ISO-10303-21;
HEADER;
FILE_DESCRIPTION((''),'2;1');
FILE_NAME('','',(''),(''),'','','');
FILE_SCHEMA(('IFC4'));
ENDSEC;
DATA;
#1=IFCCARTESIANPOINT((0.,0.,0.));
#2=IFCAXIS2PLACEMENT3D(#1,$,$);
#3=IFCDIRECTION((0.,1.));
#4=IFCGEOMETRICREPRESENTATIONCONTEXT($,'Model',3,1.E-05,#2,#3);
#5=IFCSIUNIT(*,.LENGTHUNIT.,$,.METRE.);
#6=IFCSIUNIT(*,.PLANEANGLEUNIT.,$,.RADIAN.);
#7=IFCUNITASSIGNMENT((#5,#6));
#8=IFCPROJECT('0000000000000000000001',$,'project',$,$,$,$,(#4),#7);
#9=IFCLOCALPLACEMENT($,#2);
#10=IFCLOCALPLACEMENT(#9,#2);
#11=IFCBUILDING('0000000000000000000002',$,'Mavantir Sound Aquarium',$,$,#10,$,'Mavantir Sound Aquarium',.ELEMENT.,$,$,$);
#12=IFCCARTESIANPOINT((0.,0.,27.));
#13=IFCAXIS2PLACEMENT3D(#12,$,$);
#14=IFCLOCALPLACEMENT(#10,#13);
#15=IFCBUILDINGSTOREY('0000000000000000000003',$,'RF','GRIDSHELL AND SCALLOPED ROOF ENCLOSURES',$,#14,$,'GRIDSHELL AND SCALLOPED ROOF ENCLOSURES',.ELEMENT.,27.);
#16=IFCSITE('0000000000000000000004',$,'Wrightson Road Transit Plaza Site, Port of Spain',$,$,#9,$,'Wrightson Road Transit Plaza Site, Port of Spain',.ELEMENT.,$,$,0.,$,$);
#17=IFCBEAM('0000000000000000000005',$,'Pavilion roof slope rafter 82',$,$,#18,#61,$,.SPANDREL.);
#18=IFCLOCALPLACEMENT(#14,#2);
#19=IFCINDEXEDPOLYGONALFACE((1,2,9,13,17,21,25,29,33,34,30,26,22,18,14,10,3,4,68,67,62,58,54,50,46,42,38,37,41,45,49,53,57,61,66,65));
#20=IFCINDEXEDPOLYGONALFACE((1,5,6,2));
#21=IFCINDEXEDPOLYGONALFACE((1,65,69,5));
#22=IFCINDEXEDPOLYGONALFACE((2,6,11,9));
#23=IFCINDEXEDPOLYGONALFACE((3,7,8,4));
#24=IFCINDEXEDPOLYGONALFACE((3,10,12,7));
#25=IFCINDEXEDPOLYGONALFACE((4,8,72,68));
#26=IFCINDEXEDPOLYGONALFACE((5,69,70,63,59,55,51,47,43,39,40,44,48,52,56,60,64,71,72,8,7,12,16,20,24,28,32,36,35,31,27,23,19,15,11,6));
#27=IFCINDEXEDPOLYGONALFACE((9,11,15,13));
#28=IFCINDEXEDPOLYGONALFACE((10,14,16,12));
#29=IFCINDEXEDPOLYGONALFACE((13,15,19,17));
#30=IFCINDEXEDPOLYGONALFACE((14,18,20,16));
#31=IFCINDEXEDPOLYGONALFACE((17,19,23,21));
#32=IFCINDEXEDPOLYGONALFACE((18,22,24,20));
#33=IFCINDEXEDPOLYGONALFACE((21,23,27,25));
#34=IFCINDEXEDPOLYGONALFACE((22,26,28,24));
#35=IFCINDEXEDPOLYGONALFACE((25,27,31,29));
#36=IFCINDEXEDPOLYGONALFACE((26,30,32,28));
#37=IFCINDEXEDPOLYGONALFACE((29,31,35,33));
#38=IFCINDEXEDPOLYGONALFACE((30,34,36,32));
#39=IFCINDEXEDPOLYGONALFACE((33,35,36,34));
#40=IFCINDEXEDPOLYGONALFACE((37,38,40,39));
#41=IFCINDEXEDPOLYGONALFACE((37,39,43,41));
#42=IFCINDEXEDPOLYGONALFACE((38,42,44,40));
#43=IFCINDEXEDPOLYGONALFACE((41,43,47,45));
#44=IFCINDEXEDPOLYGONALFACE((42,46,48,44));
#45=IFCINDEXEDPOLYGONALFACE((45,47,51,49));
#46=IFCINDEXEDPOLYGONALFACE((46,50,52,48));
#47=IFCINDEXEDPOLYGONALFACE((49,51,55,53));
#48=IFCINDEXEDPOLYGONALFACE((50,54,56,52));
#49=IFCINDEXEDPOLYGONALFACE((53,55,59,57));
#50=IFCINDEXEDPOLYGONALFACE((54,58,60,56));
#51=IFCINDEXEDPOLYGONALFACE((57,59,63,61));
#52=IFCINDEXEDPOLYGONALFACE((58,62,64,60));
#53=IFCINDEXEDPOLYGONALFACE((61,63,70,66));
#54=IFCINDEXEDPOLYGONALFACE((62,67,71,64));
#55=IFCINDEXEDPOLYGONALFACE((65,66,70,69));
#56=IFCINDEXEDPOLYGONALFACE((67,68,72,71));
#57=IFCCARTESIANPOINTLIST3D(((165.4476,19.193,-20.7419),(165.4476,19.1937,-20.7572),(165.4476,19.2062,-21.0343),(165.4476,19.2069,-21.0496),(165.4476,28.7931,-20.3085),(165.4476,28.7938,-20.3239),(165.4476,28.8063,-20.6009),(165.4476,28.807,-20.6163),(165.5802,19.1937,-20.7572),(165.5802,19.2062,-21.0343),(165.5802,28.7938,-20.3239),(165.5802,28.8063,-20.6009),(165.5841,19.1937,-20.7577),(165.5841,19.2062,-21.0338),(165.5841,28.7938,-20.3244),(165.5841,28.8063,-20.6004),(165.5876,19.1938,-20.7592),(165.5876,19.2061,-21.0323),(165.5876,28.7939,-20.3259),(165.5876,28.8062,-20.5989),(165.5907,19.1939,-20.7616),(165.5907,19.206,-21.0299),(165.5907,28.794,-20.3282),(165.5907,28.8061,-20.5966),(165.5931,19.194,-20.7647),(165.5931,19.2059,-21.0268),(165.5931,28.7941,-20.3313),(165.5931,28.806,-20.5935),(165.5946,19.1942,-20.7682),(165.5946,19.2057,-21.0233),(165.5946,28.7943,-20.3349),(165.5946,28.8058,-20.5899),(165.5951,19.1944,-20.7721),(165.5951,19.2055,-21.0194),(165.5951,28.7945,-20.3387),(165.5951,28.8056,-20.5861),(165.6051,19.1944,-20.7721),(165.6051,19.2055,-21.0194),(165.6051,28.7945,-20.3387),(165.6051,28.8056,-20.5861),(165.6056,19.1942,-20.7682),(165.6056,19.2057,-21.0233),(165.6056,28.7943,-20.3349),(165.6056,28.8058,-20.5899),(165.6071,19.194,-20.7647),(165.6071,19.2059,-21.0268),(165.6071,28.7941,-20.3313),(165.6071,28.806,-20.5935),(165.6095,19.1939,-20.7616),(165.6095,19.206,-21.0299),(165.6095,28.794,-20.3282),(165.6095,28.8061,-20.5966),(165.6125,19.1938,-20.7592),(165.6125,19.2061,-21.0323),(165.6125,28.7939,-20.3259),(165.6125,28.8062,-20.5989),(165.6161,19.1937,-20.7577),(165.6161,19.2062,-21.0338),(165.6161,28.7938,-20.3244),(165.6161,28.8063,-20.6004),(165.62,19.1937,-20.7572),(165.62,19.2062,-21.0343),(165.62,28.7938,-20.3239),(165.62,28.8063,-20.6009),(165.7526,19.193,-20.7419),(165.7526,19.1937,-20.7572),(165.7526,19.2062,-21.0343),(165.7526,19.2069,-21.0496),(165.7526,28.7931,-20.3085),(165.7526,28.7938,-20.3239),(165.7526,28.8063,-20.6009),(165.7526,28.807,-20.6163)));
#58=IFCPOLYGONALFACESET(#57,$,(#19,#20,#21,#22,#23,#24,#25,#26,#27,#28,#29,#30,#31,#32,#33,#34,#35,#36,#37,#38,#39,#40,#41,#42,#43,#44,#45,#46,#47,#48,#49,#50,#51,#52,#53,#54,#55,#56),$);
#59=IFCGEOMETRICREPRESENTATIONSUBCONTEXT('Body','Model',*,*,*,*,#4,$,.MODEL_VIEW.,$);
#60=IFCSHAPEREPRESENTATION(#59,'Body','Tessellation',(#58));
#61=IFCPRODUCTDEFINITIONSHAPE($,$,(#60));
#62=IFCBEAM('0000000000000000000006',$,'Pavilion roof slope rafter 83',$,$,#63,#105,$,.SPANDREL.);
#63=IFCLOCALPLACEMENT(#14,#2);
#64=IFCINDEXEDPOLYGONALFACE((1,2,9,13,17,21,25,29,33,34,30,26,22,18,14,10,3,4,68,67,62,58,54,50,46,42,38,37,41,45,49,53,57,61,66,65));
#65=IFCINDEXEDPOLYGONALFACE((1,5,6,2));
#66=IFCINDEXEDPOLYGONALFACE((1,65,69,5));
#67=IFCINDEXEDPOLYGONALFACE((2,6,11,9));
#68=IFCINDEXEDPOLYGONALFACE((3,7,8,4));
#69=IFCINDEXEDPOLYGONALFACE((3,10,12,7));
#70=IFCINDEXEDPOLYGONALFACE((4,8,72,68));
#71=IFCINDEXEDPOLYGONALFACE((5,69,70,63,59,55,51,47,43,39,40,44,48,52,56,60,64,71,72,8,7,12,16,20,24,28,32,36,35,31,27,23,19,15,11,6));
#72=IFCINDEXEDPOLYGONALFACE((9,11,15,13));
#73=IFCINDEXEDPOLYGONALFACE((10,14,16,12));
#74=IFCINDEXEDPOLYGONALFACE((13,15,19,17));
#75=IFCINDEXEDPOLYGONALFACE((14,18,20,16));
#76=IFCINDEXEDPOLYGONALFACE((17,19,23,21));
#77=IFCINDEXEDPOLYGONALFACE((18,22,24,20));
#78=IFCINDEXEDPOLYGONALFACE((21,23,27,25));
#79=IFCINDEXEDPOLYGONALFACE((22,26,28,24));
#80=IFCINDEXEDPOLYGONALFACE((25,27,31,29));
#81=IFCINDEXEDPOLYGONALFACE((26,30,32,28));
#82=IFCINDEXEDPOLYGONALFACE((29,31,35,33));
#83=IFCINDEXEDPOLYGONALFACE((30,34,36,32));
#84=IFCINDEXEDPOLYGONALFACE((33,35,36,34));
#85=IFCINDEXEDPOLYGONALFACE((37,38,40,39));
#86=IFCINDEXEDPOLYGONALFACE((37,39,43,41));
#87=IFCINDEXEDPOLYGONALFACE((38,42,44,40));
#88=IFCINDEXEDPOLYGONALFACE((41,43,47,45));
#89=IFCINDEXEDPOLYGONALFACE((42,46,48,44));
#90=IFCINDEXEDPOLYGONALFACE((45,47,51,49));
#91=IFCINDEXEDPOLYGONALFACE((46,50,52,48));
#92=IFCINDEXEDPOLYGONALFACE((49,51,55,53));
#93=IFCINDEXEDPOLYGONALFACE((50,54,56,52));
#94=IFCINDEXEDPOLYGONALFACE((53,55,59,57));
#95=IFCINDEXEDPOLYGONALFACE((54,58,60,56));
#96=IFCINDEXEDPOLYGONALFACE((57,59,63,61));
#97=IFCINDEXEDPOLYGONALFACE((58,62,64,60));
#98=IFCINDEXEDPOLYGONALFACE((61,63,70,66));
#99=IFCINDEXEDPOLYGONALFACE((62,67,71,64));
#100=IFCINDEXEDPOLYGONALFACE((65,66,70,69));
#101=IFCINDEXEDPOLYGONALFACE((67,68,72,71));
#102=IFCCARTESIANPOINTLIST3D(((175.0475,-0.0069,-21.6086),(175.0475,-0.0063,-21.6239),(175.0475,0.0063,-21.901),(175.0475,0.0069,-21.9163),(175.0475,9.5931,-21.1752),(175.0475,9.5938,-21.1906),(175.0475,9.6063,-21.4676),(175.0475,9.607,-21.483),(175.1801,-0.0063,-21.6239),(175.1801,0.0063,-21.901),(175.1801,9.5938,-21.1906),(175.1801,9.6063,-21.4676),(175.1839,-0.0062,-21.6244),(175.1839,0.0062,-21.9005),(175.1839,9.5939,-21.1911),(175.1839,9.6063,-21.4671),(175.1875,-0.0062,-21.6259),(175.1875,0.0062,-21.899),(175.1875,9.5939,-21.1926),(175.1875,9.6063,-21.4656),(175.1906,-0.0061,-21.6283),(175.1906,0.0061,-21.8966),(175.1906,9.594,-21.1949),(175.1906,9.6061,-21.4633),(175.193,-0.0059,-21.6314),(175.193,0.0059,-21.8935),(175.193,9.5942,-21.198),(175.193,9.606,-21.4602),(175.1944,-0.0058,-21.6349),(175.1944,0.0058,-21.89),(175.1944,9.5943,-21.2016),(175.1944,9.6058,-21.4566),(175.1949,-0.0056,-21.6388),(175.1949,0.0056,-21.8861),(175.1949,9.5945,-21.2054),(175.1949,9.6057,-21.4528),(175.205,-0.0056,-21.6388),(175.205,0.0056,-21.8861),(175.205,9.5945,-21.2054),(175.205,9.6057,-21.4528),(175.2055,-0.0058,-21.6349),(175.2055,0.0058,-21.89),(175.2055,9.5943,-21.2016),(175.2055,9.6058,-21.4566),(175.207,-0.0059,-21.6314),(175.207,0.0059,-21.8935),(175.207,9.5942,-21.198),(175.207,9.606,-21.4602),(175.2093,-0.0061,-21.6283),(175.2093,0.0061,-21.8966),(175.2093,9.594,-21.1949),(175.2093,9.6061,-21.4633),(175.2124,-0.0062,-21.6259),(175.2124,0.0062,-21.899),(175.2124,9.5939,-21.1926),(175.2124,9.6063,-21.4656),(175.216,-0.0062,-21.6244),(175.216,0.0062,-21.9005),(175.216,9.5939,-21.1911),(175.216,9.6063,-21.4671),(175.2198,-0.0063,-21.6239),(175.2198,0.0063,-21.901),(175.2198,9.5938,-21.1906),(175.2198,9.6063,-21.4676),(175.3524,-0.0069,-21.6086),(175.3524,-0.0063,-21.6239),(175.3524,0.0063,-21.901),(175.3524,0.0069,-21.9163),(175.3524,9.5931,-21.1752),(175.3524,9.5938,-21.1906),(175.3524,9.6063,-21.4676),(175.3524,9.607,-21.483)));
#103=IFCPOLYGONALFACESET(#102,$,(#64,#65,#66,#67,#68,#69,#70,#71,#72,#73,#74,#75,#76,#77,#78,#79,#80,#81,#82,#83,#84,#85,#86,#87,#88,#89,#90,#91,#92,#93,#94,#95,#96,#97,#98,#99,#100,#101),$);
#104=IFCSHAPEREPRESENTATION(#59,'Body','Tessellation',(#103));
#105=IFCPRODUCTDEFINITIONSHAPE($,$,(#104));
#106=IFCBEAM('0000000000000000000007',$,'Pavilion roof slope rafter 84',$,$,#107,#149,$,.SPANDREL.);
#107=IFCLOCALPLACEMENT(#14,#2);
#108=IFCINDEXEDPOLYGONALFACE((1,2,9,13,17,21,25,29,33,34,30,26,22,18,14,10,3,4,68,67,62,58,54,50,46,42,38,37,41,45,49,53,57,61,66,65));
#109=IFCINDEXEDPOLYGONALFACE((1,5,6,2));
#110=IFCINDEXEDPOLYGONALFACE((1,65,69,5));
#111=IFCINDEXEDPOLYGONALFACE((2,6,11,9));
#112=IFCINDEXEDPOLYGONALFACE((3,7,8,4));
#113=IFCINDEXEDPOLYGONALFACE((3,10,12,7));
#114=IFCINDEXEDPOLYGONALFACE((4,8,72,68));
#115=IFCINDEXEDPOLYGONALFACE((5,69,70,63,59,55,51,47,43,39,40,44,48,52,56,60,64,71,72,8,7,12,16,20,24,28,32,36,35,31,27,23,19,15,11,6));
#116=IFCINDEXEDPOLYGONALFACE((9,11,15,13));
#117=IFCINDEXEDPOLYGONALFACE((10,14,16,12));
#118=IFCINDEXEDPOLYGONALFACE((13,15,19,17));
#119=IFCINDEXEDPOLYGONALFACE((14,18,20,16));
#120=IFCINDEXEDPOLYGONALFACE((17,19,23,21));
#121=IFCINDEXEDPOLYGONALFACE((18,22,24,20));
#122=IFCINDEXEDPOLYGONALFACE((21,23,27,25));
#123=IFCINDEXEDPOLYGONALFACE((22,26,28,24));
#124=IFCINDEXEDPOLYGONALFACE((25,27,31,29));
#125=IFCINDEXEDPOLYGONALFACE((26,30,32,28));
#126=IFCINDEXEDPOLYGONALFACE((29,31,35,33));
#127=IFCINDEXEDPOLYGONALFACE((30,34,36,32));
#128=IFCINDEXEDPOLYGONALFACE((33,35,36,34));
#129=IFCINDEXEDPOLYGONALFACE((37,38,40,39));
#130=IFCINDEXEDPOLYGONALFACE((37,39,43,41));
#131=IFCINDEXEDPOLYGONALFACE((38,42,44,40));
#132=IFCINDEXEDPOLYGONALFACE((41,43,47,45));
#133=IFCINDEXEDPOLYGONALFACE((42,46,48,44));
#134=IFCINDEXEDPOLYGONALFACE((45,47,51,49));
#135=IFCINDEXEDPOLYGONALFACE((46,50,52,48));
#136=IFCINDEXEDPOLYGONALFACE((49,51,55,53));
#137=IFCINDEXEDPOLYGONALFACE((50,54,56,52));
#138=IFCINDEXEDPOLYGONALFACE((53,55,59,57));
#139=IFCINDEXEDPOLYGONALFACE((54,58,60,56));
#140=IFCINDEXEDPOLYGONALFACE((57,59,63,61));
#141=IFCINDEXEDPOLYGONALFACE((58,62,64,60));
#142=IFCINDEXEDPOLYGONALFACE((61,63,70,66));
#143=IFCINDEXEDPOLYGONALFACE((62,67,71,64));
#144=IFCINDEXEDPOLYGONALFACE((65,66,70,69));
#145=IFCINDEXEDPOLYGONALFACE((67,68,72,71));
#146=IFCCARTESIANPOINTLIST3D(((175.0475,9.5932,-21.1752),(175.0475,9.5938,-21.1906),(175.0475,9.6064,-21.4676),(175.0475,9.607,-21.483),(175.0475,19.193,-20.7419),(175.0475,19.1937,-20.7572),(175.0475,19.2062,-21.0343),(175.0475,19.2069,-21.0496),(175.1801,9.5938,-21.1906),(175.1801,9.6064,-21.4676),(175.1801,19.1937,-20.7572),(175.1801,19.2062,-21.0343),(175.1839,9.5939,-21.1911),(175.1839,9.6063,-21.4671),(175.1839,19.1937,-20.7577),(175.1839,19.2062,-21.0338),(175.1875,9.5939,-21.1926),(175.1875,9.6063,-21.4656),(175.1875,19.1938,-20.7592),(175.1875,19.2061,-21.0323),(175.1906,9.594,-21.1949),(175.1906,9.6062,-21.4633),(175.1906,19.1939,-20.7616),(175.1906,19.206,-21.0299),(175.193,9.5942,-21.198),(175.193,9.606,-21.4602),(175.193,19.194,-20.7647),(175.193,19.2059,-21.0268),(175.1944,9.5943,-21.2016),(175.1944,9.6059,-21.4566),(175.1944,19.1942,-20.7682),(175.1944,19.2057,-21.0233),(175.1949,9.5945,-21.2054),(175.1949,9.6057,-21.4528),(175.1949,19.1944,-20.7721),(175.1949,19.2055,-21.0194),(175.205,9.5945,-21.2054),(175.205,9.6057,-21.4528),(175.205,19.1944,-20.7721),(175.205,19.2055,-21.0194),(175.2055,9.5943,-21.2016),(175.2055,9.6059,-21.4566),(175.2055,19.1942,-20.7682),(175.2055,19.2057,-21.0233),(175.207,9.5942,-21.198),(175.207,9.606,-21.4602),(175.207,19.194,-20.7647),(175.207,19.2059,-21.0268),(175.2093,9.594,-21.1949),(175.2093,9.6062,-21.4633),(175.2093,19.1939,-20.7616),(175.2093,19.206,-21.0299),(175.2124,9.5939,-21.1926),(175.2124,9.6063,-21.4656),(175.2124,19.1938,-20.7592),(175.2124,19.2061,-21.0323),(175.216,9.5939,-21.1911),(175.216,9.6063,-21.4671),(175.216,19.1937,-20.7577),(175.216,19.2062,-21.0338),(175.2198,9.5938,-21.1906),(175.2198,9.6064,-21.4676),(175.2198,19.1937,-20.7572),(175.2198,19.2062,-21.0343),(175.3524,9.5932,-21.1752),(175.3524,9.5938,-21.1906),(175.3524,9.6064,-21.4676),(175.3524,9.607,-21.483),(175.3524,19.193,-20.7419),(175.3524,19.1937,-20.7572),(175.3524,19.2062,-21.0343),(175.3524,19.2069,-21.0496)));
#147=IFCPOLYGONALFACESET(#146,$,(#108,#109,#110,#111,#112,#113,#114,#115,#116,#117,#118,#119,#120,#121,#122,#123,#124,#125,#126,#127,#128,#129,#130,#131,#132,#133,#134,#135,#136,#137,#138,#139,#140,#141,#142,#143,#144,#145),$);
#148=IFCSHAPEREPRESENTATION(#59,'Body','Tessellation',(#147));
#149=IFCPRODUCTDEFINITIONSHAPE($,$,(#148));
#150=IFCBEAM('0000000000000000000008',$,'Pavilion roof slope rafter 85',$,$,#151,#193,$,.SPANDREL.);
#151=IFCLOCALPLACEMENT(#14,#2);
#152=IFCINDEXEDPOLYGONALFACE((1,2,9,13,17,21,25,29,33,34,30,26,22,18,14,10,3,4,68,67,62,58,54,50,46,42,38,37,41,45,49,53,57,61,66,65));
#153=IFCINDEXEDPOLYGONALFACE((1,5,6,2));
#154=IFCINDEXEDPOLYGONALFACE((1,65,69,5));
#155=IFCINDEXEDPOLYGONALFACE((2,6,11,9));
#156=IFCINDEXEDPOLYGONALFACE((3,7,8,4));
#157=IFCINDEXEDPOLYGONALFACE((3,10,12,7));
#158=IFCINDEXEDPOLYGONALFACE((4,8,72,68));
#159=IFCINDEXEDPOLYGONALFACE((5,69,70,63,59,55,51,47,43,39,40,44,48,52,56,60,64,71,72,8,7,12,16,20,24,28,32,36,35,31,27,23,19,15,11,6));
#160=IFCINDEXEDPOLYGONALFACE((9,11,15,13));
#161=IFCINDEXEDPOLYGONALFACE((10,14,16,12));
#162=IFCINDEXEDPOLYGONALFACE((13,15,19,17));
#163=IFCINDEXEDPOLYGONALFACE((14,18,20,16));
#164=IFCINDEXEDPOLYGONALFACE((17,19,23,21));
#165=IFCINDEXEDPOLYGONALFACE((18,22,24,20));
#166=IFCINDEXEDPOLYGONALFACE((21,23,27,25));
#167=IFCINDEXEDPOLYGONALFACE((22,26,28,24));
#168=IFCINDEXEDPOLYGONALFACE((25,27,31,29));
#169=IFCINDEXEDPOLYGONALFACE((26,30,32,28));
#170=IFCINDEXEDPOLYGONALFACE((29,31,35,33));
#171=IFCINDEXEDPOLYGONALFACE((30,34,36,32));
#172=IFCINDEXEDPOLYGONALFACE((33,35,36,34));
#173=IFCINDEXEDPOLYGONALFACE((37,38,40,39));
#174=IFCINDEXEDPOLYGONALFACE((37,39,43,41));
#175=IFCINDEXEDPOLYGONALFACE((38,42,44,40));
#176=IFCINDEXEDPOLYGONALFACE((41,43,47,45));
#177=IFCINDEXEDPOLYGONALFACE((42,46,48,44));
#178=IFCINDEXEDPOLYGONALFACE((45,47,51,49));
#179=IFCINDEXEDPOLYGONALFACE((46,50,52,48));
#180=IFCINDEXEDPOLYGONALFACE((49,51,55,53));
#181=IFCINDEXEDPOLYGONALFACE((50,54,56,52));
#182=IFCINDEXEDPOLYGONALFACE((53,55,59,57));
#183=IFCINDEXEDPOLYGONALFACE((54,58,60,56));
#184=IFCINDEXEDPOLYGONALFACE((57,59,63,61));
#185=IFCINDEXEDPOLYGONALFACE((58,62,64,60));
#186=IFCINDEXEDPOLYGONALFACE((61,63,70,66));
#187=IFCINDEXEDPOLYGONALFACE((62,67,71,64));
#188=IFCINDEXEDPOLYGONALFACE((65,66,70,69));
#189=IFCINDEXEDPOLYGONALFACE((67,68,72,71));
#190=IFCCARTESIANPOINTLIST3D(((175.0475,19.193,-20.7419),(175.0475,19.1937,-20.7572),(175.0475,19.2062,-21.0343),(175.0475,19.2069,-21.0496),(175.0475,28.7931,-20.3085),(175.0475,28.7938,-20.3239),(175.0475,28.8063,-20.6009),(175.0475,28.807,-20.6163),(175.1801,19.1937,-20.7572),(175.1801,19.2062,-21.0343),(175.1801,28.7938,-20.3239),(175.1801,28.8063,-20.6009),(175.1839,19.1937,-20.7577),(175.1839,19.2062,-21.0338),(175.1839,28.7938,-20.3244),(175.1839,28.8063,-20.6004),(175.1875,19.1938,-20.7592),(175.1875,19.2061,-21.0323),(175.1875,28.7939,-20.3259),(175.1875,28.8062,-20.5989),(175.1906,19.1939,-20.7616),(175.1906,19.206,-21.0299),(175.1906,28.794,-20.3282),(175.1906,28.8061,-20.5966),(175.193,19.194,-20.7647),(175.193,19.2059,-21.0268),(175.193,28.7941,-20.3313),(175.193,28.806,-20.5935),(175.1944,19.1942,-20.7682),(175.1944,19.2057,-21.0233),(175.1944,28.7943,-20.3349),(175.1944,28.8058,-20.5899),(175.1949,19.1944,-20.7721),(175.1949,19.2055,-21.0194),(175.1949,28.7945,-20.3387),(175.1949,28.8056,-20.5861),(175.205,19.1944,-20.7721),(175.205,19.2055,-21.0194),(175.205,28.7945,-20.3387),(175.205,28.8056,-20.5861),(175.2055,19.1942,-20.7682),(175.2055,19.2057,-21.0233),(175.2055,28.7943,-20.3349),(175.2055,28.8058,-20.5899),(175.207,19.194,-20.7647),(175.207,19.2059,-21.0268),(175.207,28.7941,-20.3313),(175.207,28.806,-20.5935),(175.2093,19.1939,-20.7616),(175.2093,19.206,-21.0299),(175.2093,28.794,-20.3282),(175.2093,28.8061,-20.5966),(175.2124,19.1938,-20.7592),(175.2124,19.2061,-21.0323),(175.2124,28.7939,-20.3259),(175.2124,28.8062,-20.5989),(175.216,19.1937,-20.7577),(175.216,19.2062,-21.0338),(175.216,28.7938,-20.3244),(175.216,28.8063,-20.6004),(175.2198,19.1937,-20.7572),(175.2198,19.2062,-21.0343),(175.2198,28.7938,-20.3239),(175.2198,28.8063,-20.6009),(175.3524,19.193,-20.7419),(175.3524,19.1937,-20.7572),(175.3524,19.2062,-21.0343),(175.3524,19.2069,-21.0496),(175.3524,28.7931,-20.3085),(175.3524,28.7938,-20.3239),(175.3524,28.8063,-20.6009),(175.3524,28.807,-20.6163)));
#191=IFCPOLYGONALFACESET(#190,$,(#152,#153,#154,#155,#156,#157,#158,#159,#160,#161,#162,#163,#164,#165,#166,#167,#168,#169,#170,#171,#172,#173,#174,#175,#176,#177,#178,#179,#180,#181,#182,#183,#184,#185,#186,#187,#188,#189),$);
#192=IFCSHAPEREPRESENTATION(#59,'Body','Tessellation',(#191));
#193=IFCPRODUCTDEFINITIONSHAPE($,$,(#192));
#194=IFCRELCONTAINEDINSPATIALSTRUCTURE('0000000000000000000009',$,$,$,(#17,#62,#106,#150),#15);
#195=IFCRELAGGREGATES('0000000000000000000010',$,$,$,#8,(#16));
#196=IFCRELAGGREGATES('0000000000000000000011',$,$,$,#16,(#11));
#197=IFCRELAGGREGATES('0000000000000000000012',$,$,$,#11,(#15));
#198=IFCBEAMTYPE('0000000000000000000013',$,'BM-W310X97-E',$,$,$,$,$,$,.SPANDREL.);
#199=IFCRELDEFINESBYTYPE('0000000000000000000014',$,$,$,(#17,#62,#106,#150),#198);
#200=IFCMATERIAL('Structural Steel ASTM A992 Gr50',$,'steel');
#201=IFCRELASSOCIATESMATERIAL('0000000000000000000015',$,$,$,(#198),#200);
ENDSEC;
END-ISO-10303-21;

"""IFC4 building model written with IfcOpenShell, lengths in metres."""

from ifc_helpers import new_model, si_unit, direction, frame, origin, origin_2d, place, context, subcontext, project, spatial, i_section, extrude, material, material_profile, profile_set, type_object, element, save


model = new_model("IFC4")

# Units and contexts
model_context = context("Model", 3, precision=1e-05, world=origin(), true_north=direction((0.0, 1.0)))
body_context = subcontext(model_context, "Body", "Model", "MODEL_VIEW")
ifc_project = project(units=[si_unit("LENGTHUNIT", "METRE"), si_unit("PLANEANGLEUNIT", "RADIAN")], contexts=[model_context])

# Site, building, storey
site_placement = place(None, origin())
site = spatial("IfcSite", under=ifc_project, at=site_placement, Name="Wrightson Road Transit Plaza Site, Port of Spain", LongName="Wrightson Road Transit Plaza Site, Port of Spain", CompositionType="ELEMENT", RefElevation=0.0)
building_placement = place(site_placement, origin())
building = spatial("IfcBuilding", under=site, at=building_placement, Name="Mavantir Sound Aquarium", LongName="Mavantir Sound Aquarium", CompositionType="ELEMENT")
storey_placement = place(building_placement, frame((0.0, 0.0, 27.0)))
storey = spatial("IfcBuildingStorey", under=building, at=storey_placement, Name="RF", Description="GRIDSHELL AND SCALLOPED ROOF ENCLOSURES", LongName="GRIDSHELL AND SCALLOPED ROOF ENCLOSURES", CompositionType="ELEMENT", Elevation=27.0)

# Beams
ifc_material_1 = material(Name="Structural Steel ASTM A992 Gr50", Category="steel")
ifc_material_profile_1 = material_profile(ifc_material_1, i_section(OverallWidth=0.3049, OverallDepth=0.3081, WebThickness=0.01, FlangeThickness=0.0154, FilletRadius=0.0149, at=origin_2d()), Name="W310X97")
ifc_profile_set_1 = profile_set([ifc_material_profile_1], Name="Structural Steel ASTM A992 Gr50")
beam_type_1 = type_object("IfcBeamType", Name="BM-W310X97-E", PredefinedType="SPANDREL", material=ifc_profile_set_1)
for number, where, z_axis, x_axis, name in (
    (1, (165.6001, 19.2, -20.8958), (0.0, 0.998983, 0.045094), (-1.0, 0.0, 0.0), "Pavilion roof slope rafter 82"),
    (2, (175.2, 0.0, -21.7625), (0.0, 0.998983, 0.045094), (-1.0, 0.0, 0.0), "Pavilion roof slope rafter 83"),
):
    element("IfcBeam", number, at=place(storey_placement, frame(where, z_axis=z_axis, x_axis=x_axis)), inside=storey, type_object=beam_type_1, Name=name, PredefinedType="SPANDREL", context=body_context, shape_type="SweptSolid", body=[
        extrude(i_section(OverallWidth=0.3049, OverallDepth=0.3081, WebThickness=0.01, FlangeThickness=0.0154, FilletRadius=0.0149, at=origin_2d()), origin(), (0.0, 0.0, 1.0), 9.6099),
    ])
beam_1_placement = place(storey_placement, frame((175.2, 9.6001, -21.3291), z_axis=(0.0, 0.998983, 0.045095), x_axis=(-1.0, 0.0, 0.0)))
element("IfcBeam", 3, at=beam_1_placement, inside=storey, type_object=beam_type_1, Name="Pavilion roof slope rafter 84", PredefinedType="SPANDREL", context=body_context, shape_type="SweptSolid", body=[
    extrude(i_section(OverallWidth=0.3049, OverallDepth=0.3081, WebThickness=0.01, FlangeThickness=0.0154, FilletRadius=0.0149, at=origin_2d()), origin(), (0.0, 0.0, 1.0), 9.6096),
])
beam_2_placement = place(storey_placement, frame((175.2, 19.2, -20.8958), z_axis=(0.0, 0.998983, 0.045094), x_axis=(-1.0, 0.0, 0.0)))
element("IfcBeam", 4, at=beam_2_placement, inside=storey, type_object=beam_type_1, Name="Pavilion roof slope rafter 85", PredefinedType="SPANDREL", context=body_context, shape_type="SweptSolid", body=[
    extrude(i_section(OverallWidth=0.3049, OverallDepth=0.3081, WebThickness=0.01, FlangeThickness=0.0154, FilletRadius=0.0149, at=origin_2d()), origin(), (0.0, 0.0, 1.0), 9.6099),
])

save(model, "model.ifc")
